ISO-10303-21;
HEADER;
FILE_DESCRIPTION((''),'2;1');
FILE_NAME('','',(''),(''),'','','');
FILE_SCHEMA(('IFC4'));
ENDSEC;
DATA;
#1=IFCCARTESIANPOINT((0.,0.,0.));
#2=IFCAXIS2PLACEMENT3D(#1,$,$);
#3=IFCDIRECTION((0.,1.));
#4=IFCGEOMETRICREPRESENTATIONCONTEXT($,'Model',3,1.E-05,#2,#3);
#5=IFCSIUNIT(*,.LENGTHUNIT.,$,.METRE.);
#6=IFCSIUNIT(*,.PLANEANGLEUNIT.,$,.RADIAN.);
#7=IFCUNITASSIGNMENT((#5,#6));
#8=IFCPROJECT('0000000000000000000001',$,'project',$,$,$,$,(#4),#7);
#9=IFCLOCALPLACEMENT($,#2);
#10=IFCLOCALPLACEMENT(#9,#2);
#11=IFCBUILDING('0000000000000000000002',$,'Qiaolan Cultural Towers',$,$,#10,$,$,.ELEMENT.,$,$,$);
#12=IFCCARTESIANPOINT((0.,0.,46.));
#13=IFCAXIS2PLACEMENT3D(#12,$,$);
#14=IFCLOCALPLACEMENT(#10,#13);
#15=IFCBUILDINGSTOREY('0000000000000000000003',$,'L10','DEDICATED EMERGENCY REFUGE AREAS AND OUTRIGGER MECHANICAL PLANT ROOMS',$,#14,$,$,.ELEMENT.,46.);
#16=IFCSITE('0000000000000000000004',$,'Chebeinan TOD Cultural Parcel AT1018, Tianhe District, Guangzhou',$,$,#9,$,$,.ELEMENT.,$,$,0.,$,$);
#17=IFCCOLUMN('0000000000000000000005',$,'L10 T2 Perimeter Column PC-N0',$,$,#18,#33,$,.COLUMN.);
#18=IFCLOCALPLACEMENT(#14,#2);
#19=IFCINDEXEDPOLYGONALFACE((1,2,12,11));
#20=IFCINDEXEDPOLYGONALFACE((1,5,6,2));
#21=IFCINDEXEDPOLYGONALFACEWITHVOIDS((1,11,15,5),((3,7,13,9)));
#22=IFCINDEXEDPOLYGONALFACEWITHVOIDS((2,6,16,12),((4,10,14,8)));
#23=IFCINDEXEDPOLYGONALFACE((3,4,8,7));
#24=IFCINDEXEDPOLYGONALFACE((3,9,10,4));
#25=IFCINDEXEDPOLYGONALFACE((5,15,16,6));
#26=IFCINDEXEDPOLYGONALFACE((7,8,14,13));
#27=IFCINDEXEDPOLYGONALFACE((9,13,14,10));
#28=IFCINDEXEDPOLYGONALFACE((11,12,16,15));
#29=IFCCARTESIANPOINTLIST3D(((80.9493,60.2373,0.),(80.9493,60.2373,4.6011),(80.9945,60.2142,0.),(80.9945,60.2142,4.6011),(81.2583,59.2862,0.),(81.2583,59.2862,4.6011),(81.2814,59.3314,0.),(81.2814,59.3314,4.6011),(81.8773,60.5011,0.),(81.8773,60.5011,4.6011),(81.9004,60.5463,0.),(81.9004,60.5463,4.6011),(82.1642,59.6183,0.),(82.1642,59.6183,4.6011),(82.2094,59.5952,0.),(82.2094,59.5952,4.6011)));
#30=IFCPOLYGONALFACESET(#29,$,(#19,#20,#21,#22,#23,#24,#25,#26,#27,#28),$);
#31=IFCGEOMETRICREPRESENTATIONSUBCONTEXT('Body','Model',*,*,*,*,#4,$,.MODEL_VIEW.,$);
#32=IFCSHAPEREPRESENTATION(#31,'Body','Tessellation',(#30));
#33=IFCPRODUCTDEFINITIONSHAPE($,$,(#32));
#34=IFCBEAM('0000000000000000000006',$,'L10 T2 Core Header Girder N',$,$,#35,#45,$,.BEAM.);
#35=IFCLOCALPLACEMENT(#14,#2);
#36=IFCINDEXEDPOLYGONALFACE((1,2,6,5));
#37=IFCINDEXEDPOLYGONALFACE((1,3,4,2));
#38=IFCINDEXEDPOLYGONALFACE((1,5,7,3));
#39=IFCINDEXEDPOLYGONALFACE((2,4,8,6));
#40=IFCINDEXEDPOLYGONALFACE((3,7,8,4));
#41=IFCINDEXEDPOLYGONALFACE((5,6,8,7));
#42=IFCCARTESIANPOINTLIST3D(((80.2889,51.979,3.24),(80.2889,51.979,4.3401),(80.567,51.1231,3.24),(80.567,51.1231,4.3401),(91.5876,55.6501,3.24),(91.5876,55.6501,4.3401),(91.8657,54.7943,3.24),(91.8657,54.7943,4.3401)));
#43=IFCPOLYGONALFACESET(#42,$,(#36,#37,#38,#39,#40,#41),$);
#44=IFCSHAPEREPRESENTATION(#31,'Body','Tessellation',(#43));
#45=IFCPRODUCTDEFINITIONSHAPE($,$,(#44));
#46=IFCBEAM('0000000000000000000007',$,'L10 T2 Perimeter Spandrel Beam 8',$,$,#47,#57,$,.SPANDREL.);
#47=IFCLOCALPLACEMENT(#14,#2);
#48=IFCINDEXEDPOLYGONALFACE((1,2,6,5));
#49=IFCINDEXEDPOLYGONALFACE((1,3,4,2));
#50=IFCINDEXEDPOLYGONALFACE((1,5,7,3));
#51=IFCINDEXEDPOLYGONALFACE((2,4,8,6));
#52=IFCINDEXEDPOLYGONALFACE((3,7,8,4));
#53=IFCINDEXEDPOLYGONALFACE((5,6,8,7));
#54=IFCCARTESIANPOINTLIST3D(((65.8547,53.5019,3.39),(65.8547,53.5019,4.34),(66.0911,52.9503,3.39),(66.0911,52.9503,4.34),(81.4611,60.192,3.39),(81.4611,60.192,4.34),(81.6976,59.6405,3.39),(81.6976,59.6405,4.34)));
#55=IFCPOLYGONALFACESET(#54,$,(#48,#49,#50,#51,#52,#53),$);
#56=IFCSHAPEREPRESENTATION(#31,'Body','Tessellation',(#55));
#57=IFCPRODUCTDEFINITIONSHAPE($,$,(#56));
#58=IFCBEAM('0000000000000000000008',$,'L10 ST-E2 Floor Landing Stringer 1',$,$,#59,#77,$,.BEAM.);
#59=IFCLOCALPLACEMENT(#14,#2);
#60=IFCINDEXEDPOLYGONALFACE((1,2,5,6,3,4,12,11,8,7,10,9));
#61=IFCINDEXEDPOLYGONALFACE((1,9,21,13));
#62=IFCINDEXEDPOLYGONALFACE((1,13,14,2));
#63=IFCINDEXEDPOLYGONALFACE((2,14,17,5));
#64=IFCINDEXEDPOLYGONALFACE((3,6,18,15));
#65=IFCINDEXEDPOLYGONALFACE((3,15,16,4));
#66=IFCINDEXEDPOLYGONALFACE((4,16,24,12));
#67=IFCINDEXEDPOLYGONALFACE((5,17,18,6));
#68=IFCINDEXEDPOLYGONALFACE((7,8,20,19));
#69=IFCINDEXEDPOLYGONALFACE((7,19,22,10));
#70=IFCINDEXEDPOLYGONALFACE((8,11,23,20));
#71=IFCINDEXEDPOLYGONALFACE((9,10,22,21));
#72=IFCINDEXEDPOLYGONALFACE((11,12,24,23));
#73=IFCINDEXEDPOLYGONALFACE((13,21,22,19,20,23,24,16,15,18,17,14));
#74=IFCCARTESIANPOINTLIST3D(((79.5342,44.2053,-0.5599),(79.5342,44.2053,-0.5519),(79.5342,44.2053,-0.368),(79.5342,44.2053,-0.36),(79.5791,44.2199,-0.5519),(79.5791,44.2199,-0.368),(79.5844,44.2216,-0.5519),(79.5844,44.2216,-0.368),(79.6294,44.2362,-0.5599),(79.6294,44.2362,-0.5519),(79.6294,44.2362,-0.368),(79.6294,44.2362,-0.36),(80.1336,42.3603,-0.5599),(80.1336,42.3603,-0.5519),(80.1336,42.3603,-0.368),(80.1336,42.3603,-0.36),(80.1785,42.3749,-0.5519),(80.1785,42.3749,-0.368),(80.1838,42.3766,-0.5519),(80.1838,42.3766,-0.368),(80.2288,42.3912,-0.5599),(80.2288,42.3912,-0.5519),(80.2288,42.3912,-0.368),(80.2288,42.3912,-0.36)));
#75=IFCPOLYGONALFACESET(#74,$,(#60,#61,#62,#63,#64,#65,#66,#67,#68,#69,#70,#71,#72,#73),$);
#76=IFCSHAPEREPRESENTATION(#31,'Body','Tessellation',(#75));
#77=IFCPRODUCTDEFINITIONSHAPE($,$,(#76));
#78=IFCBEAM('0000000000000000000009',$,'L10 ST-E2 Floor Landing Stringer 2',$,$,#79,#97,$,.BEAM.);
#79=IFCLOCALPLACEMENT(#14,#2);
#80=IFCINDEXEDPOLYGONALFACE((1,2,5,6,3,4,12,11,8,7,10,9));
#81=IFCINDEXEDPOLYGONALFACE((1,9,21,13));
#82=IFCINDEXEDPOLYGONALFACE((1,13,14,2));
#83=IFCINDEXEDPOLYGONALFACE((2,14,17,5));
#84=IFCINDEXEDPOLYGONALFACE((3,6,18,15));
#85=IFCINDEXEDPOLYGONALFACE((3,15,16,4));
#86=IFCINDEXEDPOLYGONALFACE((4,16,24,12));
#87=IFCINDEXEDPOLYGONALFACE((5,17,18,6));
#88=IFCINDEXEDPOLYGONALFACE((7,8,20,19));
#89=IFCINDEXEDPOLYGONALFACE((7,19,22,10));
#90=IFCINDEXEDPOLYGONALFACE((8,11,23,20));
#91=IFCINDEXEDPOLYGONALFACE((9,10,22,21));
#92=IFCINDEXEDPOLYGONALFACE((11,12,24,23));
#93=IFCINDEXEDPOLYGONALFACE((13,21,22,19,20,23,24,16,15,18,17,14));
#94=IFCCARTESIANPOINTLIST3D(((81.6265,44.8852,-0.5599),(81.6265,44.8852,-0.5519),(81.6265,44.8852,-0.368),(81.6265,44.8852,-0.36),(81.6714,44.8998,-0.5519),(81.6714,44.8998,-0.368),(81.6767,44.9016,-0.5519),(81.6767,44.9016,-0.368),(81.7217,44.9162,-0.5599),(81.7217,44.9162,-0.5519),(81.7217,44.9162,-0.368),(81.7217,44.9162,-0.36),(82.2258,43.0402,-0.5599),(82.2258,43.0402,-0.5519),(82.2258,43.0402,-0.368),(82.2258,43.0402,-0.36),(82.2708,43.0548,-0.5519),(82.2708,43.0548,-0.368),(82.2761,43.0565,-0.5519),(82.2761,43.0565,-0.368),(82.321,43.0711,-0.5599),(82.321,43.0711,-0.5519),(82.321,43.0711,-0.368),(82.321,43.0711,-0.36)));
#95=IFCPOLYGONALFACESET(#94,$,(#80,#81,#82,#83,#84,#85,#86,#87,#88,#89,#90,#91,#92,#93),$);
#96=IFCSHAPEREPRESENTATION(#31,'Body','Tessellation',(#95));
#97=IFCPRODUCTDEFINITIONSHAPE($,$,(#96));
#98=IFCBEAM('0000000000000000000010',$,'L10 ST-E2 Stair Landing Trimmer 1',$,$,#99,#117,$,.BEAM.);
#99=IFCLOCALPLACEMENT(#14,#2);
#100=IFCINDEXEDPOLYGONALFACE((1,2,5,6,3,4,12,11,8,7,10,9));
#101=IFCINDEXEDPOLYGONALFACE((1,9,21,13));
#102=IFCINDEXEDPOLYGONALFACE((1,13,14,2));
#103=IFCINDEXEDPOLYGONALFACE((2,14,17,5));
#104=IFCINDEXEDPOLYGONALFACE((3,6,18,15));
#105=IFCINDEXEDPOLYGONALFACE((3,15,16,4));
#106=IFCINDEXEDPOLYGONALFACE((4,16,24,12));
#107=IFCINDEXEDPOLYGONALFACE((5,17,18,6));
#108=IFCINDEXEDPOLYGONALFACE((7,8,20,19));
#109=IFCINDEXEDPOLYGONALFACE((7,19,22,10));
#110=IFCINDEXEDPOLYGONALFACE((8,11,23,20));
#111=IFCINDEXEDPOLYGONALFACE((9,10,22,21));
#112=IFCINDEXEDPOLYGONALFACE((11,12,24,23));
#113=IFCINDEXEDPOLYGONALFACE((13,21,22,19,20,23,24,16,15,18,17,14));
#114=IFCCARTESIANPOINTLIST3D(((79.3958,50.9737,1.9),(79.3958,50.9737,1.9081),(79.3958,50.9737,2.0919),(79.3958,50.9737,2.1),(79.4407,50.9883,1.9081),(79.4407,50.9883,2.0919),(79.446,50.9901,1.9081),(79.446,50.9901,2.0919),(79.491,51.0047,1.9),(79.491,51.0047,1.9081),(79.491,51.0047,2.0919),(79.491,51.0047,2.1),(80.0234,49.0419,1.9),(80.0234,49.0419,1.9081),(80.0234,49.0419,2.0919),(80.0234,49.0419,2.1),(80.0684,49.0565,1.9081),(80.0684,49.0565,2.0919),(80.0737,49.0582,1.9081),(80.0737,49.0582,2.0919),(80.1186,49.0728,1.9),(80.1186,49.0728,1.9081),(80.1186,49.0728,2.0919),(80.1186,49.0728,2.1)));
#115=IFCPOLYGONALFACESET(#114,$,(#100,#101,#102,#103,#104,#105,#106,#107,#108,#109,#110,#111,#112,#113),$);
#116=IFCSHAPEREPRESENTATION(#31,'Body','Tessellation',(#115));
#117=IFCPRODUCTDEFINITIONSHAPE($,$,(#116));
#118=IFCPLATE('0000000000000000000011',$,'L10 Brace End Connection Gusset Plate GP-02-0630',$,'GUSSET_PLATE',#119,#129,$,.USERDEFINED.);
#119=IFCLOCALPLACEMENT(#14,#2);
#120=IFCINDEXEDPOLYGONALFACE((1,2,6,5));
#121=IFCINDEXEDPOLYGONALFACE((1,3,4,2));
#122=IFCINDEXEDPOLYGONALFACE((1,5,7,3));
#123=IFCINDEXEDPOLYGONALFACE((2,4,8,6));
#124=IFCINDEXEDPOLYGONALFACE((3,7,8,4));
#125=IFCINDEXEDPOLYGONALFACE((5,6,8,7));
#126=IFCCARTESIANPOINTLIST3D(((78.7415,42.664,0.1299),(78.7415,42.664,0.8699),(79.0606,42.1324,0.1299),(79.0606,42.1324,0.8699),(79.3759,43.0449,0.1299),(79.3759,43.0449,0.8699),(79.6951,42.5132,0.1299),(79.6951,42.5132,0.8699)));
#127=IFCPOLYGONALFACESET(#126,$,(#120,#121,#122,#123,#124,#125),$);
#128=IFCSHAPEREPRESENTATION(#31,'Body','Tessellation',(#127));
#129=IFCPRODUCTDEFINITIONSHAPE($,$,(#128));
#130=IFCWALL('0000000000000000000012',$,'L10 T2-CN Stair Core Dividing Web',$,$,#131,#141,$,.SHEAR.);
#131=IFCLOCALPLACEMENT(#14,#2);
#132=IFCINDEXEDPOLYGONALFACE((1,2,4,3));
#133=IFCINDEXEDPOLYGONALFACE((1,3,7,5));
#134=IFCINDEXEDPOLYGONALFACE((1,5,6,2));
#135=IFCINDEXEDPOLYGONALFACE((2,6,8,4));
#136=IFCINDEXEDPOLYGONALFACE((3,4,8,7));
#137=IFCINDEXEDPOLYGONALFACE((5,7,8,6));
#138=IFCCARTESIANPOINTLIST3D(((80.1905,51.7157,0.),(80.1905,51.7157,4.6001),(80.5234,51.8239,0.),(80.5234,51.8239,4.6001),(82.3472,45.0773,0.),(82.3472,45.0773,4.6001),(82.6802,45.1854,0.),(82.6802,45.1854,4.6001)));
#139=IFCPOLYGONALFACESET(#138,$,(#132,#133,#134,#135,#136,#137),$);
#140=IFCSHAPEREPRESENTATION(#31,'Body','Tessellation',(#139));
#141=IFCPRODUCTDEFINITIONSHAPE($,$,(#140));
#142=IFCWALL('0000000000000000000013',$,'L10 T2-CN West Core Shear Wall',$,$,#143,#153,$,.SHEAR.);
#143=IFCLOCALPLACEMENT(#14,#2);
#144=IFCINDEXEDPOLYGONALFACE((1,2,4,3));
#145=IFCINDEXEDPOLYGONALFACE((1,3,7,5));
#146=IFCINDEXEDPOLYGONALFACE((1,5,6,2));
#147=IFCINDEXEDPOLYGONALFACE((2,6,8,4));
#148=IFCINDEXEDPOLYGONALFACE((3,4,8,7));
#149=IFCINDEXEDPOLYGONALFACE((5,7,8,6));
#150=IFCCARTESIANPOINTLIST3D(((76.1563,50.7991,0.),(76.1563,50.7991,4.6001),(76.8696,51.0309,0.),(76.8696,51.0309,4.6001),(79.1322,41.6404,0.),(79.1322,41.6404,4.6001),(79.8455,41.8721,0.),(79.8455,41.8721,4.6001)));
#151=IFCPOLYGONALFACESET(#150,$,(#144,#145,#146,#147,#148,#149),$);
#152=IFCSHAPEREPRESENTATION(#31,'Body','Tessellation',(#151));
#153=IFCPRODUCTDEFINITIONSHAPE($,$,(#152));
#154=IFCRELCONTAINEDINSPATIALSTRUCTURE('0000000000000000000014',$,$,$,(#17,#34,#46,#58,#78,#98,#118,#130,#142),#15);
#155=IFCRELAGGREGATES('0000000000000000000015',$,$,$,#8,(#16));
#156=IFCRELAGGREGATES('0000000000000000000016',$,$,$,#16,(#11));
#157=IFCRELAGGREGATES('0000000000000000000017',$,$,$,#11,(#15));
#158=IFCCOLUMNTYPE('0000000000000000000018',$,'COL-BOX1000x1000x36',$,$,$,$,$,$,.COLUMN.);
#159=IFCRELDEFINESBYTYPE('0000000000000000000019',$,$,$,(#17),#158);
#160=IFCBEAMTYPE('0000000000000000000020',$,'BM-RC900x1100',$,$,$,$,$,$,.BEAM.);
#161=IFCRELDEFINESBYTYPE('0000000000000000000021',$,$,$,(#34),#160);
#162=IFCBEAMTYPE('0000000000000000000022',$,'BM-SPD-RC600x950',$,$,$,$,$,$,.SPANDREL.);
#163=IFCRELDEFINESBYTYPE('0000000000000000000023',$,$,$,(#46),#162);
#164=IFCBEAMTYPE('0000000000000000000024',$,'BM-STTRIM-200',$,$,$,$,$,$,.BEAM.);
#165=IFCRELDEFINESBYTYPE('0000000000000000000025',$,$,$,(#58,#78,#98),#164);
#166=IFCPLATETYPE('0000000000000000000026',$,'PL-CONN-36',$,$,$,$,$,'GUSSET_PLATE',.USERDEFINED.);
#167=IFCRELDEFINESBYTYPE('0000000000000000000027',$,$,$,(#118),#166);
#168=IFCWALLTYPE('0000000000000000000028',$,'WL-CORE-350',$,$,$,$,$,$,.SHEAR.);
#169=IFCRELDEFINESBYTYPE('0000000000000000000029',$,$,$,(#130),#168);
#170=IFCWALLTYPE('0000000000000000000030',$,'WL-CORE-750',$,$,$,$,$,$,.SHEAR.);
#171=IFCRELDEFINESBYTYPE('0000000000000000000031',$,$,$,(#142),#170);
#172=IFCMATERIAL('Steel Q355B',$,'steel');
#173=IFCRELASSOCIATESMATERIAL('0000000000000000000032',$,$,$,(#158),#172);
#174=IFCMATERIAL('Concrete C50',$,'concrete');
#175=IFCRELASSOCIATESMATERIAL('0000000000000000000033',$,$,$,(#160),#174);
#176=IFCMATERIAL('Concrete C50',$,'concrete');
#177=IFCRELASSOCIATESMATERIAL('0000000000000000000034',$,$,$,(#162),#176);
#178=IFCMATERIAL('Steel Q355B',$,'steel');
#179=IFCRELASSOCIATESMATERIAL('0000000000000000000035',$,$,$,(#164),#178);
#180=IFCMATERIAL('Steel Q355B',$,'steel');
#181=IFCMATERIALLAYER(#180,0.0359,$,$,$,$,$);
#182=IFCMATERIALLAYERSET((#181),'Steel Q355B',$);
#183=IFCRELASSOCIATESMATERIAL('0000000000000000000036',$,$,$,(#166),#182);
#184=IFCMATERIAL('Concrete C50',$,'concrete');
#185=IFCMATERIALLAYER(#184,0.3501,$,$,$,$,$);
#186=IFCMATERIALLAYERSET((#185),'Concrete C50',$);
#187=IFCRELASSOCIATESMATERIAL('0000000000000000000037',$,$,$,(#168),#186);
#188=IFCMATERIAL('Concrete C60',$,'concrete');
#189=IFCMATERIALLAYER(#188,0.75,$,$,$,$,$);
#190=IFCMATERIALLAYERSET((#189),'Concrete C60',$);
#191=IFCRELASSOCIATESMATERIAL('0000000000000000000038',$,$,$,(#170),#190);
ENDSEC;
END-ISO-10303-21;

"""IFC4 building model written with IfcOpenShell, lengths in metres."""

from ifc_helpers import new_model, si_unit, direction, frame, frame_2d, origin, origin_2d, place, context, subcontext, project, spatial, rectangle, hollow_rectangle, i_section, extrude, material, layer, layer_set, material_profile, profile_set, type_object, element, save


model = new_model("IFC4")

# Units and contexts
model_context = context("Model", 3, precision=1e-05, world=origin(), true_north=direction((0.0, 1.0)))
body_context = subcontext(model_context, "Body", "Model", "MODEL_VIEW")
ifc_project = project(units=[si_unit("LENGTHUNIT", "METRE"), si_unit("PLANEANGLEUNIT", "RADIAN")], contexts=[model_context])

# Site, building, storey
site_placement = place(None, origin())
site = spatial("IfcSite", under=ifc_project, at=site_placement, Name="Chebeinan TOD Cultural Parcel AT1018, Tianhe District, Guangzhou", CompositionType="ELEMENT", RefElevation=0.0)
building_placement = place(site_placement, origin())
building = spatial("IfcBuilding", under=site, at=building_placement, Name="Qiaolan Cultural Towers", CompositionType="ELEMENT")
storey_placement = place(building_placement, frame((0.0, 0.0, 46.0)))
storey = spatial("IfcBuildingStorey", under=building, at=storey_placement, Name="L10", Description="DEDICATED EMERGENCY REFUGE AREAS AND OUTRIGGER MECHANICAL PLANT ROOMS", CompositionType="ELEMENT", Elevation=46.0)

# Column
ifc_material_1 = material(Name="Steel Q355B", Category="steel")
ifc_material_profile_1 = material_profile(ifc_material_1, hollow_rectangle(XDim=1.0, YDim=1.0, WallThickness=0.0359, at=origin_2d()), Name="BOX1000x1000x36")
ifc_profile_set_1 = profile_set([ifc_material_profile_1], Name="Steel Q355B")
column_type = type_object("IfcColumnType", Name="COL-BOX1000x1000x36", PredefinedType="COLUMN", material=ifc_profile_set_1)
column_placement = place(storey_placement, frame((81.5793, 59.9163, 0.0), z_axis=(0.0, 0.0, 1.0), x_axis=(0.951057, 0.309017, 0.0)))
element("IfcColumn", 1, at=column_placement, inside=storey, type_object=column_type, Name="L10 T2 Perimeter Column PC-N0", PredefinedType="COLUMN", context=body_context, shape_type="SweptSolid", body=[
    extrude(hollow_rectangle(XDim=1.0, YDim=1.0, WallThickness=0.0359, at=origin_2d()), origin(), (0.0, 0.0, 1.0), 4.6011),
])

# Beams
ifc_material_2 = material(Name="Concrete C50", Category="concrete")
ifc_material_profile_2 = material_profile(ifc_material_2, rectangle(XDim=0.8999, YDim=1.1001, at=origin_2d()), Name="RC900x1100")
ifc_profile_set_2 = profile_set([ifc_material_profile_2], Name="Concrete C50")
beam_type_1 = type_object("IfcBeamType", Name="BM-RC900x1100", PredefinedType="BEAM", material=ifc_profile_set_2)
beam_1_placement = place(storey_placement, frame((80.428, 51.551, 3.79), z_axis=(0.951056, 0.309018, 0.0), x_axis=(-0.309018, 0.951056, 0.0)))
element("IfcBeam", 2, at=beam_1_placement, inside=storey, type_object=beam_type_1, Name="L10 T2 Core Header Girder N", PredefinedType="BEAM", context=body_context, shape_type="SweptSolid", body=[
    extrude(rectangle(XDim=0.8999, YDim=1.1001, at=origin_2d()), origin(), (0.0, 0.0, 1.0), 11.8801),
])
ifc_material_3 = material(Name="Concrete C50", Category="concrete")
ifc_material_profile_3 = material_profile(ifc_material_3, rectangle(XDim=0.6001, YDim=0.95, at=origin_2d()), Name="RC600x950")
ifc_profile_set_3 = profile_set([ifc_material_profile_3], Name="Concrete C50")
beam_type_2 = type_object("IfcBeamType", Name="BM-SPD-RC600x950", PredefinedType="SPANDREL", material=ifc_profile_set_3)
beam_2_placement = place(storey_placement, frame((81.5793, 59.9163, 3.865), z_axis=(-0.919109, -0.394004, 0.0), x_axis=(0.394004, -0.919109, 0.0)))
element("IfcBeam", 3, at=beam_2_placement, inside=storey, type_object=beam_type_2, Name="L10 T2 Perimeter Spandrel Beam 8", PredefinedType="SPANDREL", context=body_context, shape_type="SweptSolid", body=[
    extrude(rectangle(XDim=0.6001, YDim=0.95, at=origin_2d()), origin(), (0.0, 0.0, 1.0), 16.98),
])
ifc_material_4 = material(Name="Steel Q355B", Category="steel")
ifc_material_profile_4 = material_profile(ifc_material_4, i_section(OverallWidth=0.1001, OverallDepth=0.2, WebThickness=0.0056, FlangeThickness=0.0081, at=origin_2d()), Name="HN200x100x5.5x8")
ifc_profile_set_4 = profile_set([ifc_material_profile_4], Name="Steel Q355B")
beam_type_3 = type_object("IfcBeamType", Name="BM-STTRIM-200", PredefinedType="BEAM", material=ifc_profile_set_4)
for number, where, z_axis, x_axis, name in (
    (4, (80.1812, 42.3757, -0.46), (-0.308969, 0.951072, 0.0), (-0.951072, -0.308969, 0.0), "L10 ST-E2 Floor Landing Stringer 1"),
    (5, (82.2734, 43.0557, -0.46), (-0.308969, 0.951072, 0.0), (-0.951072, -0.308969, 0.0), "L10 ST-E2 Floor Landing Stringer 2"),
):
    element("IfcBeam", number, at=place(storey_placement, frame(where, z_axis=z_axis, x_axis=x_axis)), inside=storey, type_object=beam_type_3, Name=name, PredefinedType="BEAM", context=body_context, shape_type="SweptSolid", body=[
        extrude(i_section(OverallWidth=0.1001, OverallDepth=0.2, WebThickness=0.0056, FlangeThickness=0.0081, at=origin_2d()), origin(), (0.0, 0.0, 1.0), 1.9399),
    ])
beam_3_placement = place(storey_placement, frame((80.071, 49.0574, 2.0), z_axis=(-0.309007, 0.95106, 0.0), x_axis=(-0.95106, -0.309007, 0.0)))
element("IfcBeam", 6, at=beam_3_placement, inside=storey, type_object=beam_type_3, Name="L10 ST-E2 Stair Landing Trimmer 1", PredefinedType="BEAM", context=body_context, shape_type="SweptSolid", body=[
    extrude(i_section(OverallWidth=0.1001, OverallDepth=0.2, WebThickness=0.0056, FlangeThickness=0.0081, at=origin_2d()), origin(), (0.0, 0.0, 1.0), 2.0312),
])

# Plate
ifc_material_5 = material(Name="Steel Q355B", Category="steel")
ifc_layer_1 = layer(ifc_material_5, 0.0359)
ifc_layer_set_1 = layer_set([ifc_layer_1], Name="Steel Q355B")
plate_type = type_object("IfcPlateType", Name="PL-CONN-36", ElementType="GUSSET_PLATE", PredefinedType="USERDEFINED", material=ifc_layer_set_1)
plate_placement = place(storey_placement, frame((79.2183, 42.5886, 0.1299), z_axis=(0.0, 0.0, 1.0), x_axis=(0.857389, 0.514669, 0.0)))
element("IfcPlate", 7, at=plate_placement, inside=storey, type_object=plate_type, Name="L10 Brace End Connection Gusset Plate GP-02-0630", ObjectType="GUSSET_PLATE", PredefinedType="USERDEFINED", context=body_context, shape_type="SweptSolid", body=[
    extrude(rectangle(XDim=0.74, YDim=0.6201, at=origin_2d()), origin(), (0.0, 0.0, 1.0), 0.74),
])

# Walls
ifc_material_6 = material(Name="Concrete C50", Category="concrete")
ifc_layer_2 = layer(ifc_material_6, 0.3501)
ifc_layer_set_2 = layer_set([ifc_layer_2], Name="Concrete C50")
wall_type_1 = type_object("IfcWallType", Name="WL-CORE-350", PredefinedType="SHEAR", material=ifc_layer_set_2)
wall_1_placement = place(storey_placement, frame((82.5137, 45.1313, 0.0), z_axis=(0.0, 0.0, 1.0), x_axis=(-0.308989, 0.951066, 0.0)))
element("IfcWall", 8, at=wall_1_placement, inside=storey, type_object=wall_type_1, Name="L10 T2-CN Stair Core Dividing Web", PredefinedType="SHEAR", context=body_context, shape_type="SweptSolid", body=[
    extrude(rectangle(XDim=6.98, YDim=0.3501, at=frame_2d((3.49, 0.0))), origin(), (0.0, 0.0, 1.0), 4.6001),
])
ifc_material_7 = material(Name="Concrete C60", Category="concrete")
ifc_layer_3 = layer(ifc_material_7, 0.75)
ifc_layer_set_3 = layer_set([ifc_layer_3], Name="Concrete C60")
wall_type_2 = type_object("IfcWallType", Name="WL-CORE-750", PredefinedType="SHEAR", material=ifc_layer_set_3)
wall_2_placement = place(storey_placement, frame((79.4888, 41.7563, 0.0), z_axis=(0.0, 0.0, 1.0), x_axis=(-0.309016, 0.951057, 0.0)))
element("IfcWall", 9, at=wall_2_placement, inside=storey, type_object=wall_type_2, Name="L10 T2-CN West Core Shear Wall", PredefinedType="SHEAR", context=body_context, shape_type="SweptSolid", body=[
    extrude(rectangle(XDim=9.6301, YDim=0.75, at=frame_2d((4.8149, 0.0))), origin(), (0.0, 0.0, 1.0), 4.6001),
])

save(model, "model.ifc")
